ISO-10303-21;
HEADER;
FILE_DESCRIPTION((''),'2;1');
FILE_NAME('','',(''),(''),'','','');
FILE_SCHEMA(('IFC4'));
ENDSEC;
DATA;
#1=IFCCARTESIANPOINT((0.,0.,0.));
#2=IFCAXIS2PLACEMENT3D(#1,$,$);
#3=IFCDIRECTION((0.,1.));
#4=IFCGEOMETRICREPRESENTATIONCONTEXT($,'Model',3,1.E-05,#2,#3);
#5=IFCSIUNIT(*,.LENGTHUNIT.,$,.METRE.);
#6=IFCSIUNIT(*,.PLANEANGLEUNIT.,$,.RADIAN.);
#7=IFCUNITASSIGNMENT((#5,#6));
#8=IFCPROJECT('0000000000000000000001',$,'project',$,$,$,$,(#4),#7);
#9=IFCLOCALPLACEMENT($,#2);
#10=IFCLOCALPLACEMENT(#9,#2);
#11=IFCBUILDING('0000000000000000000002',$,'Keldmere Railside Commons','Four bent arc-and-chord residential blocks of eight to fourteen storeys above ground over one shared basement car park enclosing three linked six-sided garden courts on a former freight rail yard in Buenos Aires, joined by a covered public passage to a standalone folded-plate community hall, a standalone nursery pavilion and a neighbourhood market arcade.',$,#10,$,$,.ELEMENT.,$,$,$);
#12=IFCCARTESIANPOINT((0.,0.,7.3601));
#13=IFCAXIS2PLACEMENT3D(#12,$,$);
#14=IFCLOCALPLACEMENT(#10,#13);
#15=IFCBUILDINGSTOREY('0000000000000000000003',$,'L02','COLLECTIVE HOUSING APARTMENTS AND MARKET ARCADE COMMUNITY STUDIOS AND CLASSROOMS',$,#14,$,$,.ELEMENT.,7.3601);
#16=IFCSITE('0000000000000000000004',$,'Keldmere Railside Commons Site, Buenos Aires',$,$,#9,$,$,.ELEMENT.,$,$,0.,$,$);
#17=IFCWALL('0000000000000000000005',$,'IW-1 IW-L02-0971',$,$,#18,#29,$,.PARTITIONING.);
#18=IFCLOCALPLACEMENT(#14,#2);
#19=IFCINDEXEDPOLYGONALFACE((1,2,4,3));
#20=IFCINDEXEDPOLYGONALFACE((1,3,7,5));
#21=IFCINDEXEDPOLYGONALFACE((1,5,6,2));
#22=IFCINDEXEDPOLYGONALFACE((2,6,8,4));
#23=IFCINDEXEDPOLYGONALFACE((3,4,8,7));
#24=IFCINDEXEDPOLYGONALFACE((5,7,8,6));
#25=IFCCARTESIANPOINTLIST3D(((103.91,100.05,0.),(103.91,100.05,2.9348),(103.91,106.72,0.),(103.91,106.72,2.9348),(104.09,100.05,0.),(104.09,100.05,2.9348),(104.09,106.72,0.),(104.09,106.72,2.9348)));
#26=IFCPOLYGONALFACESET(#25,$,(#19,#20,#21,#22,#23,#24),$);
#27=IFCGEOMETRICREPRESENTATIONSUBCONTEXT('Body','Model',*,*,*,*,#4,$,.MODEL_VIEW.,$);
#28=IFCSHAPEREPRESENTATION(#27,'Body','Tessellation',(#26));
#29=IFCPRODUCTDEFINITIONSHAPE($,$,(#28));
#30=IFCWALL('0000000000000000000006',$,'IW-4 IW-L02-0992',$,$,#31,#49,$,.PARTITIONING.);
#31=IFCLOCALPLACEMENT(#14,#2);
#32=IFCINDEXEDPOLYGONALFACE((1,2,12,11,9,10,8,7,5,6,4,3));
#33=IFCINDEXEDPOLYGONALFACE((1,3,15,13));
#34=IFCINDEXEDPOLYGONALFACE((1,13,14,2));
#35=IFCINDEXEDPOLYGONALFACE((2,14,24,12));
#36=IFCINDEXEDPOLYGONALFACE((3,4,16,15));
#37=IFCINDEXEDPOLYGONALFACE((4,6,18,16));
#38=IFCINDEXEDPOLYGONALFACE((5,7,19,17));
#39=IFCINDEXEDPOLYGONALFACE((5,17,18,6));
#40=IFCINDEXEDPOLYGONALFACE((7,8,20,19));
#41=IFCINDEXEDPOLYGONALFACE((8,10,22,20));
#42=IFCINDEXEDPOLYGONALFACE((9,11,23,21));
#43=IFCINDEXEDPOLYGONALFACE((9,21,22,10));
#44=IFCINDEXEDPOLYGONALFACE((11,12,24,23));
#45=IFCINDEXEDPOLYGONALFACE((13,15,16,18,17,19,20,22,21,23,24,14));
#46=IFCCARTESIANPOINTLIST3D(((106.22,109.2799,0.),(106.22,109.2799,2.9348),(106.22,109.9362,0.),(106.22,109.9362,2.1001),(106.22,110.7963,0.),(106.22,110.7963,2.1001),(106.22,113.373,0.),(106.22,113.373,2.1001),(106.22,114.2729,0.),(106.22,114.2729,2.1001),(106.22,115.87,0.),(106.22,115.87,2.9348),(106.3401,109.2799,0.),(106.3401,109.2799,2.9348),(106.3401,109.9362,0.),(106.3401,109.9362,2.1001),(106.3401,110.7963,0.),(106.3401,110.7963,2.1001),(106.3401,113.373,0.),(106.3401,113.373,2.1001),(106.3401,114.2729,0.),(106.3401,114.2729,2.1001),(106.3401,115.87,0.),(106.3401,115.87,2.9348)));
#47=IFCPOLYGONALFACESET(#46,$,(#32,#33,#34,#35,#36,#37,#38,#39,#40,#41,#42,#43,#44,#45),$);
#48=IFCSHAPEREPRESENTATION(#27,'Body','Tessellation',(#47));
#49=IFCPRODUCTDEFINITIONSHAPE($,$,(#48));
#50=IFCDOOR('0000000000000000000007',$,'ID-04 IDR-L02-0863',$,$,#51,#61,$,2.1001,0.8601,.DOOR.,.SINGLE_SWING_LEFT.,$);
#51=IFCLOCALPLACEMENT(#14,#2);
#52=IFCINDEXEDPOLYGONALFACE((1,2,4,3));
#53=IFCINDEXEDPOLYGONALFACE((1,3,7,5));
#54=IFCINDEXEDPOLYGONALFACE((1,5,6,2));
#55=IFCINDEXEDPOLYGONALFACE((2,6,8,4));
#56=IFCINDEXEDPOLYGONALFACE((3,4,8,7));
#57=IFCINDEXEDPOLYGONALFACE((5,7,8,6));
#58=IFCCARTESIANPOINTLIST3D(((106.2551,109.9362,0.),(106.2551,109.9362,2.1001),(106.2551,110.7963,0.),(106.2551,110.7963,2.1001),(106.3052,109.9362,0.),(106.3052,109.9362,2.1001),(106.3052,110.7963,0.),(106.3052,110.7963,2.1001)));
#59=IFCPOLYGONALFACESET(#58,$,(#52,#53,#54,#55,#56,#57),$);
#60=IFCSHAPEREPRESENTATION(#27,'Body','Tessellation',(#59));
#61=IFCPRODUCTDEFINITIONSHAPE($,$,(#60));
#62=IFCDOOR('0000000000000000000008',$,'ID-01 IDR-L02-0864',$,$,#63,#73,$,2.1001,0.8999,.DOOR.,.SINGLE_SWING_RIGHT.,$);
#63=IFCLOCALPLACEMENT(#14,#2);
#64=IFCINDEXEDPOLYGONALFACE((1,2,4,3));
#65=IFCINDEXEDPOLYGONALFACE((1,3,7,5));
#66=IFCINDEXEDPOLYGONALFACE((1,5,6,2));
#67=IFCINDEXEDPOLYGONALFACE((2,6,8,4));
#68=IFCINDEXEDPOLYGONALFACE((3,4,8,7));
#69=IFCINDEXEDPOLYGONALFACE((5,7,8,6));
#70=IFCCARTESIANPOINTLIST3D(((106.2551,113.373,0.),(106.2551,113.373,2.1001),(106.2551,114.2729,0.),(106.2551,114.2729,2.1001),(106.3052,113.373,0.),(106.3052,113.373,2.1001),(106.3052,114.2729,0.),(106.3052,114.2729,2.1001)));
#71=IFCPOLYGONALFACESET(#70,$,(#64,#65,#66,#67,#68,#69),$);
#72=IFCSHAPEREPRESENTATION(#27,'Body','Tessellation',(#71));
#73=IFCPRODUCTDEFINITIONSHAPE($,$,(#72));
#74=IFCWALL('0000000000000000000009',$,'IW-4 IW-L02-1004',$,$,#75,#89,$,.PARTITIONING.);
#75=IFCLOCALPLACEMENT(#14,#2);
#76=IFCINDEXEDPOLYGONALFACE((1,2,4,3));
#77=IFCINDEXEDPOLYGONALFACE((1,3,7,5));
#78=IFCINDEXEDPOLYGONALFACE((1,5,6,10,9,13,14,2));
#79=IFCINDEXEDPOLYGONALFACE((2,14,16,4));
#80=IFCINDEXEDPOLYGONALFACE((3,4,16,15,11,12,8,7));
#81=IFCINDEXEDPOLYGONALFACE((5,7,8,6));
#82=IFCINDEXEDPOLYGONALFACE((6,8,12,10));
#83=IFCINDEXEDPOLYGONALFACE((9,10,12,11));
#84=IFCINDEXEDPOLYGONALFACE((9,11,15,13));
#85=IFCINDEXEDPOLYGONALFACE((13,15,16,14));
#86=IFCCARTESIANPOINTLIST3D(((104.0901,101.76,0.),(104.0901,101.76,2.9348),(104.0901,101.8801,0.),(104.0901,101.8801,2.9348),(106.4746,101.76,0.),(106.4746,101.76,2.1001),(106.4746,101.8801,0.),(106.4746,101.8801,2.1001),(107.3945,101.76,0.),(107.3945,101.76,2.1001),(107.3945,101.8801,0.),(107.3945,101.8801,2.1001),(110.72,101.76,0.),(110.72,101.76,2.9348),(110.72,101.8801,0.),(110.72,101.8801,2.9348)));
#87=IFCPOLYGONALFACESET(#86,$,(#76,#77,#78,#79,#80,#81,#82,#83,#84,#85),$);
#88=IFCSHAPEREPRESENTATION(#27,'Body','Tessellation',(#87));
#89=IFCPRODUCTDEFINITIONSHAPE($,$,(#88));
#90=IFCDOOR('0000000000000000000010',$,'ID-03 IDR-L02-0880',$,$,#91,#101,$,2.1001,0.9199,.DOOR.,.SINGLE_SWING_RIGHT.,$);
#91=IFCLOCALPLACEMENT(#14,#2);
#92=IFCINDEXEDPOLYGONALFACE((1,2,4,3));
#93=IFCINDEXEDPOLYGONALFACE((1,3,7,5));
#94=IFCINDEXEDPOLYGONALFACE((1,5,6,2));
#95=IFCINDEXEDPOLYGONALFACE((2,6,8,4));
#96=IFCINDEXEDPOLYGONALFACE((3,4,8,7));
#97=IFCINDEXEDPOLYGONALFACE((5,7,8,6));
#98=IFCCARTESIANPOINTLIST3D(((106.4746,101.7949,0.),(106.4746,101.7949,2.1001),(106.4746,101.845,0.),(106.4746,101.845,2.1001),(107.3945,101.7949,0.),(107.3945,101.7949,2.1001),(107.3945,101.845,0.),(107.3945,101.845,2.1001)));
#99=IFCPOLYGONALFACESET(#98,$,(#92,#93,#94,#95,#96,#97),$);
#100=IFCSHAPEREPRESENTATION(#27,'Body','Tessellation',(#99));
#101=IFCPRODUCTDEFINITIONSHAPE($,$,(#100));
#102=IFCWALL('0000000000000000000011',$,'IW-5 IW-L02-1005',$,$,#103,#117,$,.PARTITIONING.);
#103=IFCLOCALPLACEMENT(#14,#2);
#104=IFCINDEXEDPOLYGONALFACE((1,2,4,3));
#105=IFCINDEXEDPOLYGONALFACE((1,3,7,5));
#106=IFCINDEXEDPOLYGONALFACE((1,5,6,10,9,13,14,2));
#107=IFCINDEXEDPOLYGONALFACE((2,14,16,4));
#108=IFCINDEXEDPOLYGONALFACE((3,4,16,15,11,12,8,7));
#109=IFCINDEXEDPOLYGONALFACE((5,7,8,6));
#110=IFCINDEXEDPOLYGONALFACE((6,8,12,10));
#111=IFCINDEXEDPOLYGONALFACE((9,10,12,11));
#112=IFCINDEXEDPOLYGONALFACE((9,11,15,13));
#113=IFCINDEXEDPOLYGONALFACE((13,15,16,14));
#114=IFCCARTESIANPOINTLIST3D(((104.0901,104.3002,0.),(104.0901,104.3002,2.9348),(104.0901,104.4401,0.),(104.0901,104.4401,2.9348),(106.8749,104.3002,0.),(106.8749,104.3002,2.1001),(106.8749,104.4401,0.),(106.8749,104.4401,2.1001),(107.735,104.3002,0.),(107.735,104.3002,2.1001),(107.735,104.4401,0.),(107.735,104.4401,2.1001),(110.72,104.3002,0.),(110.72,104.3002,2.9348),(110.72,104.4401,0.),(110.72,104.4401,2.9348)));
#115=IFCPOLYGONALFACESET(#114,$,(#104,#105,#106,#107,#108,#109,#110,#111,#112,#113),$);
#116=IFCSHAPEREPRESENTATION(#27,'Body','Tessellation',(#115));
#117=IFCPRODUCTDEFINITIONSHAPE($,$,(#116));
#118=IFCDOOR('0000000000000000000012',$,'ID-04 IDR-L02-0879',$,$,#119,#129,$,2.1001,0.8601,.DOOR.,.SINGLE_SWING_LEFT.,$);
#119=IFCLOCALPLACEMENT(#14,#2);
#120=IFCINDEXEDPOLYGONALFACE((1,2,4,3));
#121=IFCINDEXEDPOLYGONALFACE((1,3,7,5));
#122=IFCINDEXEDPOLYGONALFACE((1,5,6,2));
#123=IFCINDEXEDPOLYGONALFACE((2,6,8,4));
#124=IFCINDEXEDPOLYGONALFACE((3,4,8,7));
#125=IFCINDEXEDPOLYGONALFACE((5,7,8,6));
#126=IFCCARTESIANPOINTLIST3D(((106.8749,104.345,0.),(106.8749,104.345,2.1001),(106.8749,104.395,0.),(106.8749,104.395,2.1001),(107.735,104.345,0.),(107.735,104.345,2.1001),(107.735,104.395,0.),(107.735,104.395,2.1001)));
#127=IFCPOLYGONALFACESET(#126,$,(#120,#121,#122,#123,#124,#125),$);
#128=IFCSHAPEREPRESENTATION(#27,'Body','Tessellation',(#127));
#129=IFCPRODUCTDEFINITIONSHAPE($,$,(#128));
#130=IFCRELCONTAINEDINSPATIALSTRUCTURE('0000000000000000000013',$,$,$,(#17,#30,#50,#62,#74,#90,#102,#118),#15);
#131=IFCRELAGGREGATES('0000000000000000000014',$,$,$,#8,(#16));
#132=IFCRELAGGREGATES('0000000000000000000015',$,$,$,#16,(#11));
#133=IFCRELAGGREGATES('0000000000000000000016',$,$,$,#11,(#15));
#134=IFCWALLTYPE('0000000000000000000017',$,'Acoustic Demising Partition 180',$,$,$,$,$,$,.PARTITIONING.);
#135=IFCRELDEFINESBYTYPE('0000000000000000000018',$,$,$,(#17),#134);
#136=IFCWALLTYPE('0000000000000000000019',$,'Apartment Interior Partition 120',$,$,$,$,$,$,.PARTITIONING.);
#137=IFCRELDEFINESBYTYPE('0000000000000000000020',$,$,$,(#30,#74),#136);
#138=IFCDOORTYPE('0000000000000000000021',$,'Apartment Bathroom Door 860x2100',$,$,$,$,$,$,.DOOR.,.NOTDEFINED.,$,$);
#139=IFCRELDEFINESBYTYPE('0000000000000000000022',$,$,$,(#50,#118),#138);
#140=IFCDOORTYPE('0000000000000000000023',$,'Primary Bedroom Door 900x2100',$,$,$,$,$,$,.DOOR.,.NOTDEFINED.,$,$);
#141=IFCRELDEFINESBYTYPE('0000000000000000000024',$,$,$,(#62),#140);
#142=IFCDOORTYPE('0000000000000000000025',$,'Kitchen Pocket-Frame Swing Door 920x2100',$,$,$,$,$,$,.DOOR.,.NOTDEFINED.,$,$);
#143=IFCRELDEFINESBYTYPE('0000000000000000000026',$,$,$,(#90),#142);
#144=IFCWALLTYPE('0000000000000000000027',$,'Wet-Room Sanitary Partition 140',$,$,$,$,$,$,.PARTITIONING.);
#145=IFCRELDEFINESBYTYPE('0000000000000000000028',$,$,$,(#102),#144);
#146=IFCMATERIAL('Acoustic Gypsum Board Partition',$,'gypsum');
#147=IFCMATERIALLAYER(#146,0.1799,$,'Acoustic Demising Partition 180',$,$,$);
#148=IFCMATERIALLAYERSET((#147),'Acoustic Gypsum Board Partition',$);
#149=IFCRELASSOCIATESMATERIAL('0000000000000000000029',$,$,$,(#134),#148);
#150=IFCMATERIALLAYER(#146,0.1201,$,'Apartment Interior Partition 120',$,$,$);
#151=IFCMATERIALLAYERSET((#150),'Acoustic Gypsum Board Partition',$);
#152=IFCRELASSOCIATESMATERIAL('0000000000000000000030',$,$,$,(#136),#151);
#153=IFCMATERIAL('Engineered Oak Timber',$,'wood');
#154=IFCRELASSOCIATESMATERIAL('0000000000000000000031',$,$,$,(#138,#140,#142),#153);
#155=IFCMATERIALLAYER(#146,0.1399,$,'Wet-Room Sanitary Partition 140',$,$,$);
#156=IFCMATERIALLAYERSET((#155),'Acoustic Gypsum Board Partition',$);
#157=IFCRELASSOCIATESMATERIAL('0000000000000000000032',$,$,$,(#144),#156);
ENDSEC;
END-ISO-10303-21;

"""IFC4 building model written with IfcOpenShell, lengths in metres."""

from ifc_helpers import new_model, si_unit, direction, frame, frame_2d, origin, place, context, subcontext, project, spatial, rectangle, extrude, material, layer, layer_set, type_object, element, fill, save


model = new_model("IFC4")

# Units and contexts
model_context = context("Model", 3, precision=1e-05, world=origin(), true_north=direction((0.0, 1.0)))
body_context = subcontext(model_context, "Body", "Model", "MODEL_VIEW")
ifc_project = project(units=[si_unit("LENGTHUNIT", "METRE"), si_unit("PLANEANGLEUNIT", "RADIAN")], contexts=[model_context])

# Site, building, storey
site_placement = place(None, origin())
site = spatial("IfcSite", under=ifc_project, at=site_placement, Name="Keldmere Railside Commons Site, Buenos Aires", CompositionType="ELEMENT", RefElevation=0.0)
building_placement = place(site_placement, origin())
building = spatial("IfcBuilding", under=site, at=building_placement, Name="Keldmere Railside Commons", Description="Four bent arc-and-chord residential blocks of eight to fourteen storeys above ground over one shared basement car park enclosing three linked six-sided garden courts on a former freight rail yard in Buenos Aires, joined by a covered public passage to a standalone folded-plate community hall, a standalone nursery pavilion and a neighbourhood market arcade.", CompositionType="ELEMENT")
storey_placement = place(building_placement, frame((0.0, 0.0, 7.3601)))
storey = spatial("IfcBuildingStorey", under=building, at=storey_placement, Name="L02", Description="COLLECTIVE HOUSING APARTMENTS AND MARKET ARCADE COMMUNITY STUDIOS AND CLASSROOMS", CompositionType="ELEMENT", Elevation=7.3601)

# Wall
ifc_material_1 = material(Name="Acoustic Gypsum Board Partition", Category="gypsum")
ifc_layer_1 = layer(ifc_material_1, 0.1799, Name="Acoustic Demising Partition 180")
ifc_layer_set_1 = layer_set([ifc_layer_1], Name="Acoustic Gypsum Board Partition")
wall_type_1 = type_object("IfcWallType", Name="Acoustic Demising Partition 180", PredefinedType="PARTITIONING", material=ifc_layer_set_1)
wall_1_placement = place(storey_placement, frame((104.0, 100.05, 0.0), z_axis=(0.0, 0.0, 1.0), x_axis=(0.0, 1.0, 0.0)))
element("IfcWall", 1, at=wall_1_placement, inside=storey, type_object=wall_type_1, Name="IW-1 IW-L02-0971", PredefinedType="PARTITIONING", context=body_context, shape_type="SweptSolid", body=[
    extrude(rectangle(XDim=6.6699, YDim=0.1799, at=frame_2d((3.335, 0.0))), origin(), (0.0, 0.0, 1.0), 2.9348),
])

# Wall, openings, doors
ifc_layer_2 = layer(ifc_material_1, 0.1201, Name="Apartment Interior Partition 120")
ifc_layer_set_2 = layer_set([ifc_layer_2], Name="Acoustic Gypsum Board Partition")
wall_type_2 = type_object("IfcWallType", Name="Apartment Interior Partition 120", PredefinedType="PARTITIONING", material=ifc_layer_set_2)
wall_2_placement = place(storey_placement, frame((106.28, 109.28, 0.0), z_axis=(0.0, 0.0, 1.0), x_axis=(0.0, 1.0, 0.0)))
wall_2 = element("IfcWall", 2, at=wall_2_placement, inside=storey, type_object=wall_type_2, Name="IW-4 IW-L02-0992", PredefinedType="PARTITIONING", context=body_context, shape_type="SweptSolid", body=[
    extrude(rectangle(XDim=6.5901, YDim=0.1201, at=frame_2d((3.2949, 0.0))), origin(), (0.0, 0.0, 1.0), 2.9348),
])
opening_1_placement = place(wall_2_placement, frame((0.656, 0.0, 0.0)))
opening_1 = element("IfcOpeningElement", 3, at=opening_1_placement, cuts=wall_2, PredefinedType="OPENING", context=body_context, shape_type="SweptSolid", body=[
    extrude(rectangle(XDim=0.8601, YDim=2.1001, at=frame_2d((0.4302, 1.05))), frame((0.0, 0.0701, 0.0), z_axis=(0.0, -1.0, 0.0), x_axis=(1.0, 0.0, 0.0)), (0.0, 0.0, 1.0), 0.1401),
])
opening_2_placement = place(wall_2_placement, frame((4.093, 0.0, 0.0)))
opening_2 = element("IfcOpeningElement", 4, at=opening_2_placement, cuts=wall_2, PredefinedType="OPENING", context=body_context, shape_type="SweptSolid", body=[
    extrude(rectangle(XDim=0.8999, YDim=2.1001, at=frame_2d((0.45, 1.05))), frame((0.0, 0.0701, 0.0), z_axis=(0.0, -1.0, 0.0), x_axis=(1.0, 0.0, 0.0)), (0.0, 0.0, 1.0), 0.1401),
])
ifc_material_2 = material(Name="Engineered Oak Timber", Category="wood")
door_type_1 = type_object("IfcDoorType", Name="Apartment Bathroom Door 860x2100", OperationType="NOTDEFINED", PredefinedType="DOOR", material=ifc_material_2)
door_1_placement = place(opening_1_placement, origin())
door_1 = element("IfcDoor", 5, at=door_1_placement, inside=storey, type_object=door_type_1, Name="ID-04 IDR-L02-0863", OperationType="SINGLE_SWING_LEFT", OverallHeight=2.1001, OverallWidth=0.8601, PredefinedType="DOOR", context=body_context, shape_type="SweptSolid", body=[
    extrude(rectangle(XDim=0.8601, YDim=2.1001, at=frame_2d((0.4302, 1.05))), frame((0.0, 0.0249, 0.0), z_axis=(0.0, -1.0, 0.0), x_axis=(1.0, 0.0, 0.0)), (0.0, 0.0, 1.0), 0.05),
])
fill(opening_1, door_1)
door_type_2 = type_object("IfcDoorType", Name="Primary Bedroom Door 900x2100", OperationType="NOTDEFINED", PredefinedType="DOOR", material=ifc_material_2)
door_2_placement = place(opening_2_placement, origin())
door_2 = element("IfcDoor", 6, at=door_2_placement, inside=storey, type_object=door_type_2, Name="ID-01 IDR-L02-0864", OperationType="SINGLE_SWING_RIGHT", OverallHeight=2.1001, OverallWidth=0.8999, PredefinedType="DOOR", context=body_context, shape_type="SweptSolid", body=[
    extrude(rectangle(XDim=0.8999, YDim=2.1001, at=frame_2d((0.45, 1.05))), frame((0.0, 0.0249, 0.0), z_axis=(0.0, -1.0, 0.0), x_axis=(1.0, 0.0, 0.0)), (0.0, 0.0, 1.0), 0.05),
])
fill(opening_2, door_2)

# Walls, openings, doors
wall_3_placement = place(storey_placement, frame((104.0901, 101.8201, 0.0), z_axis=(0.0, 0.0, 1.0), x_axis=(1.0, 0.0, 0.0)))
wall_3 = element("IfcWall", 7, at=wall_3_placement, inside=storey, type_object=wall_type_2, Name="IW-4 IW-L02-1004", PredefinedType="PARTITIONING", context=body_context, shape_type="SweptSolid", body=[
    extrude(rectangle(XDim=6.6299, YDim=0.1201, at=frame_2d((3.3149, 0.0))), origin(), (0.0, 0.0, 1.0), 2.9348),
])
opening_3_placement = place(wall_3_placement, frame((2.3845, 0.0, 0.0)))
opening_3 = element("IfcOpeningElement", 8, at=opening_3_placement, cuts=wall_3, PredefinedType="OPENING", context=body_context, shape_type="SweptSolid", body=[
    extrude(rectangle(XDim=0.9199, YDim=2.1001, at=frame_2d((0.46, 1.05))), frame((0.0, 0.0701, 0.0), z_axis=(0.0, -1.0, 0.0), x_axis=(1.0, 0.0, 0.0)), (0.0, 0.0, 1.0), 0.1401),
])
door_type_3 = type_object("IfcDoorType", Name="Kitchen Pocket-Frame Swing Door 920x2100", OperationType="NOTDEFINED", PredefinedType="DOOR", material=ifc_material_2)
door_3_placement = place(opening_3_placement, origin())
door_3 = element("IfcDoor", 9, at=door_3_placement, inside=storey, type_object=door_type_3, Name="ID-03 IDR-L02-0880", OperationType="SINGLE_SWING_RIGHT", OverallHeight=2.1001, OverallWidth=0.9199, PredefinedType="DOOR", context=body_context, shape_type="SweptSolid", body=[
    extrude(rectangle(XDim=0.9199, YDim=2.1001, at=frame_2d((0.46, 1.05))), frame((0.0, 0.0249, 0.0), z_axis=(0.0, -1.0, 0.0), x_axis=(1.0, 0.0, 0.0)), (0.0, 0.0, 1.0), 0.05),
])
fill(opening_3, door_3)
ifc_layer_3 = layer(ifc_material_1, 0.1399, Name="Wet-Room Sanitary Partition 140")
ifc_layer_set_3 = layer_set([ifc_layer_3], Name="Acoustic Gypsum Board Partition")
wall_type_3 = type_object("IfcWallType", Name="Wet-Room Sanitary Partition 140", PredefinedType="PARTITIONING", material=ifc_layer_set_3)
wall_4_placement = place(storey_placement, frame((104.0901, 104.3701, 0.0), z_axis=(0.0, 0.0, 1.0), x_axis=(1.0, 0.0, 0.0)))
wall_4 = element("IfcWall", 10, at=wall_4_placement, inside=storey, type_object=wall_type_3, Name="IW-5 IW-L02-1005", PredefinedType="PARTITIONING", context=body_context, shape_type="SweptSolid", body=[
    extrude(rectangle(XDim=6.6299, YDim=0.1399, at=frame_2d((3.3149, 0.0))), origin(), (0.0, 0.0, 1.0), 2.9348),
])
opening_4_placement = place(wall_4_placement, frame((2.7847, 0.0, 0.0)))
opening_4 = element("IfcOpeningElement", 11, at=opening_4_placement, cuts=wall_4, PredefinedType="OPENING", context=body_context, shape_type="SweptSolid", body=[
    extrude(rectangle(XDim=0.8601, YDim=2.1001, at=frame_2d((0.4302, 1.05))), frame((0.0, 0.0798, 0.0), z_axis=(0.0, -1.0, 0.0), x_axis=(1.0, 0.0, 0.0)), (0.0, 0.0, 1.0), 0.1599),
])
door_4_placement = place(opening_4_placement, origin())
door_4 = element("IfcDoor", 12, at=door_4_placement, inside=storey, type_object=door_type_1, Name="ID-04 IDR-L02-0879", OperationType="SINGLE_SWING_LEFT", OverallHeight=2.1001, OverallWidth=0.8601, PredefinedType="DOOR", context=body_context, shape_type="SweptSolid", body=[
    extrude(rectangle(XDim=0.8601, YDim=2.1001, at=frame_2d((0.4302, 1.05))), frame((0.0, 0.0249, 0.0), z_axis=(0.0, -1.0, 0.0), x_axis=(1.0, 0.0, 0.0)), (0.0, 0.0, 1.0), 0.05),
])
fill(opening_4, door_4)

save(model, "model.ifc")
